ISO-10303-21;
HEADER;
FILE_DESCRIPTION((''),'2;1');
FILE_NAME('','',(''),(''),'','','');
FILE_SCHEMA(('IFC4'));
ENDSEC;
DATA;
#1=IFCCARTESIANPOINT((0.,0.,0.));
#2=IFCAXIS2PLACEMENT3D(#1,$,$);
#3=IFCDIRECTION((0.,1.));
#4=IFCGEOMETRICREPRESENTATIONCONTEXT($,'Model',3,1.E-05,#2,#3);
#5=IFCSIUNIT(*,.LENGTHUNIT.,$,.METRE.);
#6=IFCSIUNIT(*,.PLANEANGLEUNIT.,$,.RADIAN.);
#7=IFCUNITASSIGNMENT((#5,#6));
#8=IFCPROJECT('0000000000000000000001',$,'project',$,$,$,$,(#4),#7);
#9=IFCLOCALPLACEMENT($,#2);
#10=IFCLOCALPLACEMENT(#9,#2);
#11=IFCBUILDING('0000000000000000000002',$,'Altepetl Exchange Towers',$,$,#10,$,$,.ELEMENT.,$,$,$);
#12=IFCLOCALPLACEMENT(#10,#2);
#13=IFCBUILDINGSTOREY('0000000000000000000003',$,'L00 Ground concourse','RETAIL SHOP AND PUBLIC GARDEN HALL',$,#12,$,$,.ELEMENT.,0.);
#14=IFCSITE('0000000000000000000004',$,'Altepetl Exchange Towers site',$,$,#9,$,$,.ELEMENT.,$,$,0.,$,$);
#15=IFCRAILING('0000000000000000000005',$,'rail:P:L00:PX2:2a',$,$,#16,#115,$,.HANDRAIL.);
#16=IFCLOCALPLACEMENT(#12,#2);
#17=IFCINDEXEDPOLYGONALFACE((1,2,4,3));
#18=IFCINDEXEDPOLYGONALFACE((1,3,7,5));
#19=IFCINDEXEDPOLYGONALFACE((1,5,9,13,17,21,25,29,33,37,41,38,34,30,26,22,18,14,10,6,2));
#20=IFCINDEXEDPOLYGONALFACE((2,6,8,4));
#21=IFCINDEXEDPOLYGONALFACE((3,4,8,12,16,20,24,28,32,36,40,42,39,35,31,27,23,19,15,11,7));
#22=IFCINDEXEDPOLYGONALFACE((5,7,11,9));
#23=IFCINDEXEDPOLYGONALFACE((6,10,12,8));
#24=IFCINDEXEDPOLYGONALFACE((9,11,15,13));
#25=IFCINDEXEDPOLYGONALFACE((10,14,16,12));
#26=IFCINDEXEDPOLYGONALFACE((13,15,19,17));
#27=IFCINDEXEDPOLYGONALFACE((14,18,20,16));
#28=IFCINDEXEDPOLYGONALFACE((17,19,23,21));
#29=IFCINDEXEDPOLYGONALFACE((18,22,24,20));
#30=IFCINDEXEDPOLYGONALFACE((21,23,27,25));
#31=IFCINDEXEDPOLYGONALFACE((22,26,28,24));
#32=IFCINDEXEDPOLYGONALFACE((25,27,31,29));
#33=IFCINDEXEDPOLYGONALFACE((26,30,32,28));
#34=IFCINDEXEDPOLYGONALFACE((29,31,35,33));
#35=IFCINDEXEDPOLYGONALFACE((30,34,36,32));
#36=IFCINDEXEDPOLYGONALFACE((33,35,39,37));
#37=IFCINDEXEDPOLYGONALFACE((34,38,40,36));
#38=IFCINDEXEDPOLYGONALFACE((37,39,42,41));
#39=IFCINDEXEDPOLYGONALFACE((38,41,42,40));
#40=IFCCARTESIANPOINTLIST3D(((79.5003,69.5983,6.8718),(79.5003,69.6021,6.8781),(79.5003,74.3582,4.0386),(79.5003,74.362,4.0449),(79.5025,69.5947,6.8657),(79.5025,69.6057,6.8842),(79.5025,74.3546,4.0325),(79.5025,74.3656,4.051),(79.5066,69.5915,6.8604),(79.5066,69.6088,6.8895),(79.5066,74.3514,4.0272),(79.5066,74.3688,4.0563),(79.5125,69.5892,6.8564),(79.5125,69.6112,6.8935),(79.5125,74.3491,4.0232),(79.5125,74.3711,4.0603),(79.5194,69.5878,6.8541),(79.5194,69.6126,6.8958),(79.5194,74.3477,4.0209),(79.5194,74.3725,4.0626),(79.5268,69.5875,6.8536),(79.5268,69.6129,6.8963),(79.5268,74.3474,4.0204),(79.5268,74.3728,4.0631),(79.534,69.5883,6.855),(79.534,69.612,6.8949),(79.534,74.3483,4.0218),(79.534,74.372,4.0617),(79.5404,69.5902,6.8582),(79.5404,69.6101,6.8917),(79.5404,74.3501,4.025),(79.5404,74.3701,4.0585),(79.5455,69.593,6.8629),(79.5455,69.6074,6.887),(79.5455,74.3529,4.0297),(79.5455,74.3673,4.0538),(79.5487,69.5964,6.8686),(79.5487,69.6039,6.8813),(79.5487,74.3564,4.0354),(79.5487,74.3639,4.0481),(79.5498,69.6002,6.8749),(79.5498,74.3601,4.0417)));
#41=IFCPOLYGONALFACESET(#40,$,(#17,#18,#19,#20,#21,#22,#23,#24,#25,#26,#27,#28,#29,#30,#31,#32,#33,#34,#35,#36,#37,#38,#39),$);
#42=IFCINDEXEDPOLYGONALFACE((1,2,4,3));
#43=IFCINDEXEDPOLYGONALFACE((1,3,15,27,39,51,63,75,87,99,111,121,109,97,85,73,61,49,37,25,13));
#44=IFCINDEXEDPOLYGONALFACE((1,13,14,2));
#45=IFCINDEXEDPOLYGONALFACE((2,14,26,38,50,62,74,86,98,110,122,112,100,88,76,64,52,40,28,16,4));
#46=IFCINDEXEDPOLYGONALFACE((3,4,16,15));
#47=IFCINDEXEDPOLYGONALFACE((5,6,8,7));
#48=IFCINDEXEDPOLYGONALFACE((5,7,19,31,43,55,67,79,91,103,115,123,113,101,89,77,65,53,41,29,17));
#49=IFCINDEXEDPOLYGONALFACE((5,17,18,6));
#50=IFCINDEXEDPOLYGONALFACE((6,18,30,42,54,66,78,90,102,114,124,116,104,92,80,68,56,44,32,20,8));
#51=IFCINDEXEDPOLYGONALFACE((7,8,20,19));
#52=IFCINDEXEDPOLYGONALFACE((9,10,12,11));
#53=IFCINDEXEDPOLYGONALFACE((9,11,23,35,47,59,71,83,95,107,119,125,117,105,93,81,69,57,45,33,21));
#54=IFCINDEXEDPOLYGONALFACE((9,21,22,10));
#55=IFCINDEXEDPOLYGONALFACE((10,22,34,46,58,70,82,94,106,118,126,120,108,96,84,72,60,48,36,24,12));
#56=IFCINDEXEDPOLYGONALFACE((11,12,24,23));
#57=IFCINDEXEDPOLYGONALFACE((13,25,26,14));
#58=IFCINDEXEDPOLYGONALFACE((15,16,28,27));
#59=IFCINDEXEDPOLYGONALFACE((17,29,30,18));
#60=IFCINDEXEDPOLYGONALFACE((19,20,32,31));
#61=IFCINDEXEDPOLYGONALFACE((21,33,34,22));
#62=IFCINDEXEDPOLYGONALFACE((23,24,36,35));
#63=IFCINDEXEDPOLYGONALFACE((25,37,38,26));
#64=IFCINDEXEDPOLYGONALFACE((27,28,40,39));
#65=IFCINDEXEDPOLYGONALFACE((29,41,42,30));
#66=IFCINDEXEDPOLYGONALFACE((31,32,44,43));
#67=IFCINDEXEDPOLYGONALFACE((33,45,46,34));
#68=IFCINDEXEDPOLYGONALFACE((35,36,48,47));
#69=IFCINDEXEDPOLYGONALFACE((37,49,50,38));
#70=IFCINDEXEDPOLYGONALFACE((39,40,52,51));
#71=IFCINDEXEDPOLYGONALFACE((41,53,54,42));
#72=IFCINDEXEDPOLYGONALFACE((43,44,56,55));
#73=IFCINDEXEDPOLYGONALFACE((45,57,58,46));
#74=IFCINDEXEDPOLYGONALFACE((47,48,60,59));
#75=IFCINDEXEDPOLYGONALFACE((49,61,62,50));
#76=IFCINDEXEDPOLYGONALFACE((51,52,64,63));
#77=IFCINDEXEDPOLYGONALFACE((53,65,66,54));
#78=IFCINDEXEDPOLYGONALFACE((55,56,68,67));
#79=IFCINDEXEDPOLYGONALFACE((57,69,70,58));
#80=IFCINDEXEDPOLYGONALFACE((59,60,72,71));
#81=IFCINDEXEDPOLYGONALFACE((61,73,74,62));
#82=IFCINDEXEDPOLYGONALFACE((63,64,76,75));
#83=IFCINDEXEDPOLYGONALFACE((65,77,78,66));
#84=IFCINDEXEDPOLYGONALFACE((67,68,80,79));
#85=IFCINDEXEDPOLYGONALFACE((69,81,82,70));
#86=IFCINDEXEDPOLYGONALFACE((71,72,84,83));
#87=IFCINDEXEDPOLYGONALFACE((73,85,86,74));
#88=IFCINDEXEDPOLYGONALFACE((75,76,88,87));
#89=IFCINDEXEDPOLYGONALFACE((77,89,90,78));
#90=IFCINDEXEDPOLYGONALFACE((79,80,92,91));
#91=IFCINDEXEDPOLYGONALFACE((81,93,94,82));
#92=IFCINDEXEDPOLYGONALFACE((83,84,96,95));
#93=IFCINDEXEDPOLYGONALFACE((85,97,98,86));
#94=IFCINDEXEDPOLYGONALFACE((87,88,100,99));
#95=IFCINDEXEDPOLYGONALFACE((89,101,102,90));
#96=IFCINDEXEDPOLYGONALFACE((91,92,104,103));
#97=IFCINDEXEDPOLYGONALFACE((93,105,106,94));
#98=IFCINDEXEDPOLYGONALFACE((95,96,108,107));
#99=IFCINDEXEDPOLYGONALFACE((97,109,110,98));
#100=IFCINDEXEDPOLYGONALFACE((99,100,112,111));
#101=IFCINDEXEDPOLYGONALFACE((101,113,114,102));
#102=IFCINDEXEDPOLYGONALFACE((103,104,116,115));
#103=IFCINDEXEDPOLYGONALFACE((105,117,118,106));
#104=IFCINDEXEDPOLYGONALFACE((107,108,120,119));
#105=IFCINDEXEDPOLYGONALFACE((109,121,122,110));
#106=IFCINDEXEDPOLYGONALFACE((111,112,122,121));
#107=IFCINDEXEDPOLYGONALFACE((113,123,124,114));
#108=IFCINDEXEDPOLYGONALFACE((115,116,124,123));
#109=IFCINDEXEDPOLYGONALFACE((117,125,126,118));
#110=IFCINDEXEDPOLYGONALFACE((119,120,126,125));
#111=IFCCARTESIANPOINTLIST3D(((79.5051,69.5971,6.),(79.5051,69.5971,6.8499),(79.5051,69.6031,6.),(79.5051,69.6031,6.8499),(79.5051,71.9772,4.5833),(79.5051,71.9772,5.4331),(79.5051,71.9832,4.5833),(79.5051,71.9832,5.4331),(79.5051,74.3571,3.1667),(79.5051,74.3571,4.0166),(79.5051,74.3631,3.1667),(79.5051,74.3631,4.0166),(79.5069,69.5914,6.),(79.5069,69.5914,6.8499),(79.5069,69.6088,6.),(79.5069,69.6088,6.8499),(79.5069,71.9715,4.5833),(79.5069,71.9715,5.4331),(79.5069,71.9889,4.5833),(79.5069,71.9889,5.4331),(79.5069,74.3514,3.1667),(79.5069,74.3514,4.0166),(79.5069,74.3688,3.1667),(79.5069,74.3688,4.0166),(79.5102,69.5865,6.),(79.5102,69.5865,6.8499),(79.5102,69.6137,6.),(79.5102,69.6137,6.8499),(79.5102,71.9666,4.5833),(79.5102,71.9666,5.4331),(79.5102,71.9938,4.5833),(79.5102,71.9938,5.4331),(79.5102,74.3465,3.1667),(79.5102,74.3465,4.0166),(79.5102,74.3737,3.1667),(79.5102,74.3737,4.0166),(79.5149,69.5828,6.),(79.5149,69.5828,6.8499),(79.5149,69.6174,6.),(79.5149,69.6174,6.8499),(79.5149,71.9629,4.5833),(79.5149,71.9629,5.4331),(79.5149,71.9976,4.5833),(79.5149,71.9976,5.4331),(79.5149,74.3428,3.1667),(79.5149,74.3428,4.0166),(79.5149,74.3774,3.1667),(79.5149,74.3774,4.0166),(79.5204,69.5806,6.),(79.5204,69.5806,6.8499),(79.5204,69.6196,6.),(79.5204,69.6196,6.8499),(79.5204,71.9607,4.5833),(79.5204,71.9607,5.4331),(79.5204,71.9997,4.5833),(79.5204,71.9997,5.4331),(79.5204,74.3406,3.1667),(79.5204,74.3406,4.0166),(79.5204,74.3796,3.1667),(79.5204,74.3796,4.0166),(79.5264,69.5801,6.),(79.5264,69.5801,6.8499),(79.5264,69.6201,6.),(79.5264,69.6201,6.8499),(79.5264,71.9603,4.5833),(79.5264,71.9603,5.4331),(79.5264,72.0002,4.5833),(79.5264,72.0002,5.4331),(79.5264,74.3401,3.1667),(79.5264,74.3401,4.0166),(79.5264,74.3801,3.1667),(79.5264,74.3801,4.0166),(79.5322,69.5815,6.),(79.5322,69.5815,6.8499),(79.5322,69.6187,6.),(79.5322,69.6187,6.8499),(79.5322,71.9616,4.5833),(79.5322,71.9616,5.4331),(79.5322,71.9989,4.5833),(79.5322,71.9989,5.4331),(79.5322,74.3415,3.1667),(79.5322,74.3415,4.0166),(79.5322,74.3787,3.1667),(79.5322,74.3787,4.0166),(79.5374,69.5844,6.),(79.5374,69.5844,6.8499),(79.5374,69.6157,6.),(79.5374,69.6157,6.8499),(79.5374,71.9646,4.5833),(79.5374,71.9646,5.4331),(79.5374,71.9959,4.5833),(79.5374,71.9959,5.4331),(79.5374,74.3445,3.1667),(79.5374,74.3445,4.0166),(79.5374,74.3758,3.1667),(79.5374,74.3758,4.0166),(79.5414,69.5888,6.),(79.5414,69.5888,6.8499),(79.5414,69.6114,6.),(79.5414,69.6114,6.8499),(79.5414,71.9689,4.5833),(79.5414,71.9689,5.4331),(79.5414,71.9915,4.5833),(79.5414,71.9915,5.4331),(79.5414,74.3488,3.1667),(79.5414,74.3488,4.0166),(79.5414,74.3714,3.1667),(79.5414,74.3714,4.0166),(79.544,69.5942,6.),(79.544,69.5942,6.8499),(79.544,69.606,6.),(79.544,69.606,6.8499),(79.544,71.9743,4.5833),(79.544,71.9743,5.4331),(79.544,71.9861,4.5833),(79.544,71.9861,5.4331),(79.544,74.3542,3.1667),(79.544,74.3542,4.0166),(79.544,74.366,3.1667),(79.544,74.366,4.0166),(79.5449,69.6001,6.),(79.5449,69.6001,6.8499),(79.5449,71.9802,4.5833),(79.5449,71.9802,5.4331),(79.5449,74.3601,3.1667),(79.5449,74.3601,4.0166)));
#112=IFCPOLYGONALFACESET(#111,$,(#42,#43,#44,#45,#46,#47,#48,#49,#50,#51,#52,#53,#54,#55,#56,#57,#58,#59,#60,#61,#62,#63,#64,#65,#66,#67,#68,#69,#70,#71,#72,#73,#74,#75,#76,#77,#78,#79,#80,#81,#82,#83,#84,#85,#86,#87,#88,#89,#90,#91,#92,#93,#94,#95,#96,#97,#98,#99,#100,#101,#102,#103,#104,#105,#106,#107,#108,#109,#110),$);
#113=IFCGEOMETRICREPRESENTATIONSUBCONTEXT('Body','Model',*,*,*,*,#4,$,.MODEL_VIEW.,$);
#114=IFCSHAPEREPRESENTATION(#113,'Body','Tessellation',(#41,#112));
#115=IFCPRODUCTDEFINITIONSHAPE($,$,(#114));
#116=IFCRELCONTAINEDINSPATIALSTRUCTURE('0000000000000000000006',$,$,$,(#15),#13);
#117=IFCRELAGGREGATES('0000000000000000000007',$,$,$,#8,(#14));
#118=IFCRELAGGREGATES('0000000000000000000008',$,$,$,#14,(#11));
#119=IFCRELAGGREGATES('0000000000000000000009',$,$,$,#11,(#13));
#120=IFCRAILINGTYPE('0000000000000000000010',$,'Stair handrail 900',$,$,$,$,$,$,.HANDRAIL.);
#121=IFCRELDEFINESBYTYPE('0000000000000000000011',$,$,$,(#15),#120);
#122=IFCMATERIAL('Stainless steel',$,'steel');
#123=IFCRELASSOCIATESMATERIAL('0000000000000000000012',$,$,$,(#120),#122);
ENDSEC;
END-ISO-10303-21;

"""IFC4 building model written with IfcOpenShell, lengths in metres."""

from ifc_helpers import new_model, si_unit, direction, frame, origin, origin_2d, place, context, subcontext, project, spatial, circle, extrude, source, transform, mapped, material, type_object, element, save


model = new_model("IFC4")

# Units and contexts
model_context = context("Model", 3, precision=1e-05, world=origin(), true_north=direction((0.0, 1.0)))
body_context = subcontext(model_context, "Body", "Model", "MODEL_VIEW")
ifc_project = project(units=[si_unit("LENGTHUNIT", "METRE"), si_unit("PLANEANGLEUNIT", "RADIAN")], contexts=[model_context])

# Site, building, storey
site_placement = place(None, origin())
site = spatial("IfcSite", under=ifc_project, at=site_placement, Name="Altepetl Exchange Towers site", CompositionType="ELEMENT", RefElevation=0.0)
building_placement = place(site_placement, origin())
building = spatial("IfcBuilding", under=site, at=building_placement, Name="Altepetl Exchange Towers", CompositionType="ELEMENT")
storey_placement = place(building_placement, origin())
storey = spatial("IfcBuildingStorey", under=building, at=storey_placement, Name="L00 Ground concourse", Description="RETAIL SHOP AND PUBLIC GARDEN HALL", CompositionType="ELEMENT", Elevation=0.0)

# Railing
ifc_material_1 = material(Name="Stainless steel", Category="steel")
railing_type_1 = type_object("IfcRailingType", Name="Stair handrail 900", PredefinedType="HANDRAIL", material=ifc_material_1)
shared_shape_1 = source(origin(), body_context, "Body", "SweptSolid", [
    extrude(circle(Radius=0.02, at=origin_2d()), origin(), (0.0, 0.0, 1.0), 0.8499),
])
railing_1_placement = place(storey_placement, frame((79.5249, 74.3601, 3.1667)))
element("IfcRailing", 1, at=railing_1_placement, inside=storey, type_object=railing_type_1, Name="rail:P:L00:PX2:2a", PredefinedType="HANDRAIL", context=body_context, shape_type="SweptSolid", body=[
    extrude(circle(Radius=0.0249, at=origin_2d()), frame((0.0, 0.0, 0.875), z_axis=(0.0, -0.8593, 0.511472), x_axis=(1.0, 0.0, 0.0)), (0.0, 0.0, 1.0), 5.5393),
    mapped(shared_shape_1, transform((0.0, 0.0, 0.0))),
    mapped(shared_shape_1, transform((0.0, -2.3799, 1.4165))),
    mapped(shared_shape_1, transform((0.0, -4.76, 2.8333))),
])

save(model, "model.ifc")
